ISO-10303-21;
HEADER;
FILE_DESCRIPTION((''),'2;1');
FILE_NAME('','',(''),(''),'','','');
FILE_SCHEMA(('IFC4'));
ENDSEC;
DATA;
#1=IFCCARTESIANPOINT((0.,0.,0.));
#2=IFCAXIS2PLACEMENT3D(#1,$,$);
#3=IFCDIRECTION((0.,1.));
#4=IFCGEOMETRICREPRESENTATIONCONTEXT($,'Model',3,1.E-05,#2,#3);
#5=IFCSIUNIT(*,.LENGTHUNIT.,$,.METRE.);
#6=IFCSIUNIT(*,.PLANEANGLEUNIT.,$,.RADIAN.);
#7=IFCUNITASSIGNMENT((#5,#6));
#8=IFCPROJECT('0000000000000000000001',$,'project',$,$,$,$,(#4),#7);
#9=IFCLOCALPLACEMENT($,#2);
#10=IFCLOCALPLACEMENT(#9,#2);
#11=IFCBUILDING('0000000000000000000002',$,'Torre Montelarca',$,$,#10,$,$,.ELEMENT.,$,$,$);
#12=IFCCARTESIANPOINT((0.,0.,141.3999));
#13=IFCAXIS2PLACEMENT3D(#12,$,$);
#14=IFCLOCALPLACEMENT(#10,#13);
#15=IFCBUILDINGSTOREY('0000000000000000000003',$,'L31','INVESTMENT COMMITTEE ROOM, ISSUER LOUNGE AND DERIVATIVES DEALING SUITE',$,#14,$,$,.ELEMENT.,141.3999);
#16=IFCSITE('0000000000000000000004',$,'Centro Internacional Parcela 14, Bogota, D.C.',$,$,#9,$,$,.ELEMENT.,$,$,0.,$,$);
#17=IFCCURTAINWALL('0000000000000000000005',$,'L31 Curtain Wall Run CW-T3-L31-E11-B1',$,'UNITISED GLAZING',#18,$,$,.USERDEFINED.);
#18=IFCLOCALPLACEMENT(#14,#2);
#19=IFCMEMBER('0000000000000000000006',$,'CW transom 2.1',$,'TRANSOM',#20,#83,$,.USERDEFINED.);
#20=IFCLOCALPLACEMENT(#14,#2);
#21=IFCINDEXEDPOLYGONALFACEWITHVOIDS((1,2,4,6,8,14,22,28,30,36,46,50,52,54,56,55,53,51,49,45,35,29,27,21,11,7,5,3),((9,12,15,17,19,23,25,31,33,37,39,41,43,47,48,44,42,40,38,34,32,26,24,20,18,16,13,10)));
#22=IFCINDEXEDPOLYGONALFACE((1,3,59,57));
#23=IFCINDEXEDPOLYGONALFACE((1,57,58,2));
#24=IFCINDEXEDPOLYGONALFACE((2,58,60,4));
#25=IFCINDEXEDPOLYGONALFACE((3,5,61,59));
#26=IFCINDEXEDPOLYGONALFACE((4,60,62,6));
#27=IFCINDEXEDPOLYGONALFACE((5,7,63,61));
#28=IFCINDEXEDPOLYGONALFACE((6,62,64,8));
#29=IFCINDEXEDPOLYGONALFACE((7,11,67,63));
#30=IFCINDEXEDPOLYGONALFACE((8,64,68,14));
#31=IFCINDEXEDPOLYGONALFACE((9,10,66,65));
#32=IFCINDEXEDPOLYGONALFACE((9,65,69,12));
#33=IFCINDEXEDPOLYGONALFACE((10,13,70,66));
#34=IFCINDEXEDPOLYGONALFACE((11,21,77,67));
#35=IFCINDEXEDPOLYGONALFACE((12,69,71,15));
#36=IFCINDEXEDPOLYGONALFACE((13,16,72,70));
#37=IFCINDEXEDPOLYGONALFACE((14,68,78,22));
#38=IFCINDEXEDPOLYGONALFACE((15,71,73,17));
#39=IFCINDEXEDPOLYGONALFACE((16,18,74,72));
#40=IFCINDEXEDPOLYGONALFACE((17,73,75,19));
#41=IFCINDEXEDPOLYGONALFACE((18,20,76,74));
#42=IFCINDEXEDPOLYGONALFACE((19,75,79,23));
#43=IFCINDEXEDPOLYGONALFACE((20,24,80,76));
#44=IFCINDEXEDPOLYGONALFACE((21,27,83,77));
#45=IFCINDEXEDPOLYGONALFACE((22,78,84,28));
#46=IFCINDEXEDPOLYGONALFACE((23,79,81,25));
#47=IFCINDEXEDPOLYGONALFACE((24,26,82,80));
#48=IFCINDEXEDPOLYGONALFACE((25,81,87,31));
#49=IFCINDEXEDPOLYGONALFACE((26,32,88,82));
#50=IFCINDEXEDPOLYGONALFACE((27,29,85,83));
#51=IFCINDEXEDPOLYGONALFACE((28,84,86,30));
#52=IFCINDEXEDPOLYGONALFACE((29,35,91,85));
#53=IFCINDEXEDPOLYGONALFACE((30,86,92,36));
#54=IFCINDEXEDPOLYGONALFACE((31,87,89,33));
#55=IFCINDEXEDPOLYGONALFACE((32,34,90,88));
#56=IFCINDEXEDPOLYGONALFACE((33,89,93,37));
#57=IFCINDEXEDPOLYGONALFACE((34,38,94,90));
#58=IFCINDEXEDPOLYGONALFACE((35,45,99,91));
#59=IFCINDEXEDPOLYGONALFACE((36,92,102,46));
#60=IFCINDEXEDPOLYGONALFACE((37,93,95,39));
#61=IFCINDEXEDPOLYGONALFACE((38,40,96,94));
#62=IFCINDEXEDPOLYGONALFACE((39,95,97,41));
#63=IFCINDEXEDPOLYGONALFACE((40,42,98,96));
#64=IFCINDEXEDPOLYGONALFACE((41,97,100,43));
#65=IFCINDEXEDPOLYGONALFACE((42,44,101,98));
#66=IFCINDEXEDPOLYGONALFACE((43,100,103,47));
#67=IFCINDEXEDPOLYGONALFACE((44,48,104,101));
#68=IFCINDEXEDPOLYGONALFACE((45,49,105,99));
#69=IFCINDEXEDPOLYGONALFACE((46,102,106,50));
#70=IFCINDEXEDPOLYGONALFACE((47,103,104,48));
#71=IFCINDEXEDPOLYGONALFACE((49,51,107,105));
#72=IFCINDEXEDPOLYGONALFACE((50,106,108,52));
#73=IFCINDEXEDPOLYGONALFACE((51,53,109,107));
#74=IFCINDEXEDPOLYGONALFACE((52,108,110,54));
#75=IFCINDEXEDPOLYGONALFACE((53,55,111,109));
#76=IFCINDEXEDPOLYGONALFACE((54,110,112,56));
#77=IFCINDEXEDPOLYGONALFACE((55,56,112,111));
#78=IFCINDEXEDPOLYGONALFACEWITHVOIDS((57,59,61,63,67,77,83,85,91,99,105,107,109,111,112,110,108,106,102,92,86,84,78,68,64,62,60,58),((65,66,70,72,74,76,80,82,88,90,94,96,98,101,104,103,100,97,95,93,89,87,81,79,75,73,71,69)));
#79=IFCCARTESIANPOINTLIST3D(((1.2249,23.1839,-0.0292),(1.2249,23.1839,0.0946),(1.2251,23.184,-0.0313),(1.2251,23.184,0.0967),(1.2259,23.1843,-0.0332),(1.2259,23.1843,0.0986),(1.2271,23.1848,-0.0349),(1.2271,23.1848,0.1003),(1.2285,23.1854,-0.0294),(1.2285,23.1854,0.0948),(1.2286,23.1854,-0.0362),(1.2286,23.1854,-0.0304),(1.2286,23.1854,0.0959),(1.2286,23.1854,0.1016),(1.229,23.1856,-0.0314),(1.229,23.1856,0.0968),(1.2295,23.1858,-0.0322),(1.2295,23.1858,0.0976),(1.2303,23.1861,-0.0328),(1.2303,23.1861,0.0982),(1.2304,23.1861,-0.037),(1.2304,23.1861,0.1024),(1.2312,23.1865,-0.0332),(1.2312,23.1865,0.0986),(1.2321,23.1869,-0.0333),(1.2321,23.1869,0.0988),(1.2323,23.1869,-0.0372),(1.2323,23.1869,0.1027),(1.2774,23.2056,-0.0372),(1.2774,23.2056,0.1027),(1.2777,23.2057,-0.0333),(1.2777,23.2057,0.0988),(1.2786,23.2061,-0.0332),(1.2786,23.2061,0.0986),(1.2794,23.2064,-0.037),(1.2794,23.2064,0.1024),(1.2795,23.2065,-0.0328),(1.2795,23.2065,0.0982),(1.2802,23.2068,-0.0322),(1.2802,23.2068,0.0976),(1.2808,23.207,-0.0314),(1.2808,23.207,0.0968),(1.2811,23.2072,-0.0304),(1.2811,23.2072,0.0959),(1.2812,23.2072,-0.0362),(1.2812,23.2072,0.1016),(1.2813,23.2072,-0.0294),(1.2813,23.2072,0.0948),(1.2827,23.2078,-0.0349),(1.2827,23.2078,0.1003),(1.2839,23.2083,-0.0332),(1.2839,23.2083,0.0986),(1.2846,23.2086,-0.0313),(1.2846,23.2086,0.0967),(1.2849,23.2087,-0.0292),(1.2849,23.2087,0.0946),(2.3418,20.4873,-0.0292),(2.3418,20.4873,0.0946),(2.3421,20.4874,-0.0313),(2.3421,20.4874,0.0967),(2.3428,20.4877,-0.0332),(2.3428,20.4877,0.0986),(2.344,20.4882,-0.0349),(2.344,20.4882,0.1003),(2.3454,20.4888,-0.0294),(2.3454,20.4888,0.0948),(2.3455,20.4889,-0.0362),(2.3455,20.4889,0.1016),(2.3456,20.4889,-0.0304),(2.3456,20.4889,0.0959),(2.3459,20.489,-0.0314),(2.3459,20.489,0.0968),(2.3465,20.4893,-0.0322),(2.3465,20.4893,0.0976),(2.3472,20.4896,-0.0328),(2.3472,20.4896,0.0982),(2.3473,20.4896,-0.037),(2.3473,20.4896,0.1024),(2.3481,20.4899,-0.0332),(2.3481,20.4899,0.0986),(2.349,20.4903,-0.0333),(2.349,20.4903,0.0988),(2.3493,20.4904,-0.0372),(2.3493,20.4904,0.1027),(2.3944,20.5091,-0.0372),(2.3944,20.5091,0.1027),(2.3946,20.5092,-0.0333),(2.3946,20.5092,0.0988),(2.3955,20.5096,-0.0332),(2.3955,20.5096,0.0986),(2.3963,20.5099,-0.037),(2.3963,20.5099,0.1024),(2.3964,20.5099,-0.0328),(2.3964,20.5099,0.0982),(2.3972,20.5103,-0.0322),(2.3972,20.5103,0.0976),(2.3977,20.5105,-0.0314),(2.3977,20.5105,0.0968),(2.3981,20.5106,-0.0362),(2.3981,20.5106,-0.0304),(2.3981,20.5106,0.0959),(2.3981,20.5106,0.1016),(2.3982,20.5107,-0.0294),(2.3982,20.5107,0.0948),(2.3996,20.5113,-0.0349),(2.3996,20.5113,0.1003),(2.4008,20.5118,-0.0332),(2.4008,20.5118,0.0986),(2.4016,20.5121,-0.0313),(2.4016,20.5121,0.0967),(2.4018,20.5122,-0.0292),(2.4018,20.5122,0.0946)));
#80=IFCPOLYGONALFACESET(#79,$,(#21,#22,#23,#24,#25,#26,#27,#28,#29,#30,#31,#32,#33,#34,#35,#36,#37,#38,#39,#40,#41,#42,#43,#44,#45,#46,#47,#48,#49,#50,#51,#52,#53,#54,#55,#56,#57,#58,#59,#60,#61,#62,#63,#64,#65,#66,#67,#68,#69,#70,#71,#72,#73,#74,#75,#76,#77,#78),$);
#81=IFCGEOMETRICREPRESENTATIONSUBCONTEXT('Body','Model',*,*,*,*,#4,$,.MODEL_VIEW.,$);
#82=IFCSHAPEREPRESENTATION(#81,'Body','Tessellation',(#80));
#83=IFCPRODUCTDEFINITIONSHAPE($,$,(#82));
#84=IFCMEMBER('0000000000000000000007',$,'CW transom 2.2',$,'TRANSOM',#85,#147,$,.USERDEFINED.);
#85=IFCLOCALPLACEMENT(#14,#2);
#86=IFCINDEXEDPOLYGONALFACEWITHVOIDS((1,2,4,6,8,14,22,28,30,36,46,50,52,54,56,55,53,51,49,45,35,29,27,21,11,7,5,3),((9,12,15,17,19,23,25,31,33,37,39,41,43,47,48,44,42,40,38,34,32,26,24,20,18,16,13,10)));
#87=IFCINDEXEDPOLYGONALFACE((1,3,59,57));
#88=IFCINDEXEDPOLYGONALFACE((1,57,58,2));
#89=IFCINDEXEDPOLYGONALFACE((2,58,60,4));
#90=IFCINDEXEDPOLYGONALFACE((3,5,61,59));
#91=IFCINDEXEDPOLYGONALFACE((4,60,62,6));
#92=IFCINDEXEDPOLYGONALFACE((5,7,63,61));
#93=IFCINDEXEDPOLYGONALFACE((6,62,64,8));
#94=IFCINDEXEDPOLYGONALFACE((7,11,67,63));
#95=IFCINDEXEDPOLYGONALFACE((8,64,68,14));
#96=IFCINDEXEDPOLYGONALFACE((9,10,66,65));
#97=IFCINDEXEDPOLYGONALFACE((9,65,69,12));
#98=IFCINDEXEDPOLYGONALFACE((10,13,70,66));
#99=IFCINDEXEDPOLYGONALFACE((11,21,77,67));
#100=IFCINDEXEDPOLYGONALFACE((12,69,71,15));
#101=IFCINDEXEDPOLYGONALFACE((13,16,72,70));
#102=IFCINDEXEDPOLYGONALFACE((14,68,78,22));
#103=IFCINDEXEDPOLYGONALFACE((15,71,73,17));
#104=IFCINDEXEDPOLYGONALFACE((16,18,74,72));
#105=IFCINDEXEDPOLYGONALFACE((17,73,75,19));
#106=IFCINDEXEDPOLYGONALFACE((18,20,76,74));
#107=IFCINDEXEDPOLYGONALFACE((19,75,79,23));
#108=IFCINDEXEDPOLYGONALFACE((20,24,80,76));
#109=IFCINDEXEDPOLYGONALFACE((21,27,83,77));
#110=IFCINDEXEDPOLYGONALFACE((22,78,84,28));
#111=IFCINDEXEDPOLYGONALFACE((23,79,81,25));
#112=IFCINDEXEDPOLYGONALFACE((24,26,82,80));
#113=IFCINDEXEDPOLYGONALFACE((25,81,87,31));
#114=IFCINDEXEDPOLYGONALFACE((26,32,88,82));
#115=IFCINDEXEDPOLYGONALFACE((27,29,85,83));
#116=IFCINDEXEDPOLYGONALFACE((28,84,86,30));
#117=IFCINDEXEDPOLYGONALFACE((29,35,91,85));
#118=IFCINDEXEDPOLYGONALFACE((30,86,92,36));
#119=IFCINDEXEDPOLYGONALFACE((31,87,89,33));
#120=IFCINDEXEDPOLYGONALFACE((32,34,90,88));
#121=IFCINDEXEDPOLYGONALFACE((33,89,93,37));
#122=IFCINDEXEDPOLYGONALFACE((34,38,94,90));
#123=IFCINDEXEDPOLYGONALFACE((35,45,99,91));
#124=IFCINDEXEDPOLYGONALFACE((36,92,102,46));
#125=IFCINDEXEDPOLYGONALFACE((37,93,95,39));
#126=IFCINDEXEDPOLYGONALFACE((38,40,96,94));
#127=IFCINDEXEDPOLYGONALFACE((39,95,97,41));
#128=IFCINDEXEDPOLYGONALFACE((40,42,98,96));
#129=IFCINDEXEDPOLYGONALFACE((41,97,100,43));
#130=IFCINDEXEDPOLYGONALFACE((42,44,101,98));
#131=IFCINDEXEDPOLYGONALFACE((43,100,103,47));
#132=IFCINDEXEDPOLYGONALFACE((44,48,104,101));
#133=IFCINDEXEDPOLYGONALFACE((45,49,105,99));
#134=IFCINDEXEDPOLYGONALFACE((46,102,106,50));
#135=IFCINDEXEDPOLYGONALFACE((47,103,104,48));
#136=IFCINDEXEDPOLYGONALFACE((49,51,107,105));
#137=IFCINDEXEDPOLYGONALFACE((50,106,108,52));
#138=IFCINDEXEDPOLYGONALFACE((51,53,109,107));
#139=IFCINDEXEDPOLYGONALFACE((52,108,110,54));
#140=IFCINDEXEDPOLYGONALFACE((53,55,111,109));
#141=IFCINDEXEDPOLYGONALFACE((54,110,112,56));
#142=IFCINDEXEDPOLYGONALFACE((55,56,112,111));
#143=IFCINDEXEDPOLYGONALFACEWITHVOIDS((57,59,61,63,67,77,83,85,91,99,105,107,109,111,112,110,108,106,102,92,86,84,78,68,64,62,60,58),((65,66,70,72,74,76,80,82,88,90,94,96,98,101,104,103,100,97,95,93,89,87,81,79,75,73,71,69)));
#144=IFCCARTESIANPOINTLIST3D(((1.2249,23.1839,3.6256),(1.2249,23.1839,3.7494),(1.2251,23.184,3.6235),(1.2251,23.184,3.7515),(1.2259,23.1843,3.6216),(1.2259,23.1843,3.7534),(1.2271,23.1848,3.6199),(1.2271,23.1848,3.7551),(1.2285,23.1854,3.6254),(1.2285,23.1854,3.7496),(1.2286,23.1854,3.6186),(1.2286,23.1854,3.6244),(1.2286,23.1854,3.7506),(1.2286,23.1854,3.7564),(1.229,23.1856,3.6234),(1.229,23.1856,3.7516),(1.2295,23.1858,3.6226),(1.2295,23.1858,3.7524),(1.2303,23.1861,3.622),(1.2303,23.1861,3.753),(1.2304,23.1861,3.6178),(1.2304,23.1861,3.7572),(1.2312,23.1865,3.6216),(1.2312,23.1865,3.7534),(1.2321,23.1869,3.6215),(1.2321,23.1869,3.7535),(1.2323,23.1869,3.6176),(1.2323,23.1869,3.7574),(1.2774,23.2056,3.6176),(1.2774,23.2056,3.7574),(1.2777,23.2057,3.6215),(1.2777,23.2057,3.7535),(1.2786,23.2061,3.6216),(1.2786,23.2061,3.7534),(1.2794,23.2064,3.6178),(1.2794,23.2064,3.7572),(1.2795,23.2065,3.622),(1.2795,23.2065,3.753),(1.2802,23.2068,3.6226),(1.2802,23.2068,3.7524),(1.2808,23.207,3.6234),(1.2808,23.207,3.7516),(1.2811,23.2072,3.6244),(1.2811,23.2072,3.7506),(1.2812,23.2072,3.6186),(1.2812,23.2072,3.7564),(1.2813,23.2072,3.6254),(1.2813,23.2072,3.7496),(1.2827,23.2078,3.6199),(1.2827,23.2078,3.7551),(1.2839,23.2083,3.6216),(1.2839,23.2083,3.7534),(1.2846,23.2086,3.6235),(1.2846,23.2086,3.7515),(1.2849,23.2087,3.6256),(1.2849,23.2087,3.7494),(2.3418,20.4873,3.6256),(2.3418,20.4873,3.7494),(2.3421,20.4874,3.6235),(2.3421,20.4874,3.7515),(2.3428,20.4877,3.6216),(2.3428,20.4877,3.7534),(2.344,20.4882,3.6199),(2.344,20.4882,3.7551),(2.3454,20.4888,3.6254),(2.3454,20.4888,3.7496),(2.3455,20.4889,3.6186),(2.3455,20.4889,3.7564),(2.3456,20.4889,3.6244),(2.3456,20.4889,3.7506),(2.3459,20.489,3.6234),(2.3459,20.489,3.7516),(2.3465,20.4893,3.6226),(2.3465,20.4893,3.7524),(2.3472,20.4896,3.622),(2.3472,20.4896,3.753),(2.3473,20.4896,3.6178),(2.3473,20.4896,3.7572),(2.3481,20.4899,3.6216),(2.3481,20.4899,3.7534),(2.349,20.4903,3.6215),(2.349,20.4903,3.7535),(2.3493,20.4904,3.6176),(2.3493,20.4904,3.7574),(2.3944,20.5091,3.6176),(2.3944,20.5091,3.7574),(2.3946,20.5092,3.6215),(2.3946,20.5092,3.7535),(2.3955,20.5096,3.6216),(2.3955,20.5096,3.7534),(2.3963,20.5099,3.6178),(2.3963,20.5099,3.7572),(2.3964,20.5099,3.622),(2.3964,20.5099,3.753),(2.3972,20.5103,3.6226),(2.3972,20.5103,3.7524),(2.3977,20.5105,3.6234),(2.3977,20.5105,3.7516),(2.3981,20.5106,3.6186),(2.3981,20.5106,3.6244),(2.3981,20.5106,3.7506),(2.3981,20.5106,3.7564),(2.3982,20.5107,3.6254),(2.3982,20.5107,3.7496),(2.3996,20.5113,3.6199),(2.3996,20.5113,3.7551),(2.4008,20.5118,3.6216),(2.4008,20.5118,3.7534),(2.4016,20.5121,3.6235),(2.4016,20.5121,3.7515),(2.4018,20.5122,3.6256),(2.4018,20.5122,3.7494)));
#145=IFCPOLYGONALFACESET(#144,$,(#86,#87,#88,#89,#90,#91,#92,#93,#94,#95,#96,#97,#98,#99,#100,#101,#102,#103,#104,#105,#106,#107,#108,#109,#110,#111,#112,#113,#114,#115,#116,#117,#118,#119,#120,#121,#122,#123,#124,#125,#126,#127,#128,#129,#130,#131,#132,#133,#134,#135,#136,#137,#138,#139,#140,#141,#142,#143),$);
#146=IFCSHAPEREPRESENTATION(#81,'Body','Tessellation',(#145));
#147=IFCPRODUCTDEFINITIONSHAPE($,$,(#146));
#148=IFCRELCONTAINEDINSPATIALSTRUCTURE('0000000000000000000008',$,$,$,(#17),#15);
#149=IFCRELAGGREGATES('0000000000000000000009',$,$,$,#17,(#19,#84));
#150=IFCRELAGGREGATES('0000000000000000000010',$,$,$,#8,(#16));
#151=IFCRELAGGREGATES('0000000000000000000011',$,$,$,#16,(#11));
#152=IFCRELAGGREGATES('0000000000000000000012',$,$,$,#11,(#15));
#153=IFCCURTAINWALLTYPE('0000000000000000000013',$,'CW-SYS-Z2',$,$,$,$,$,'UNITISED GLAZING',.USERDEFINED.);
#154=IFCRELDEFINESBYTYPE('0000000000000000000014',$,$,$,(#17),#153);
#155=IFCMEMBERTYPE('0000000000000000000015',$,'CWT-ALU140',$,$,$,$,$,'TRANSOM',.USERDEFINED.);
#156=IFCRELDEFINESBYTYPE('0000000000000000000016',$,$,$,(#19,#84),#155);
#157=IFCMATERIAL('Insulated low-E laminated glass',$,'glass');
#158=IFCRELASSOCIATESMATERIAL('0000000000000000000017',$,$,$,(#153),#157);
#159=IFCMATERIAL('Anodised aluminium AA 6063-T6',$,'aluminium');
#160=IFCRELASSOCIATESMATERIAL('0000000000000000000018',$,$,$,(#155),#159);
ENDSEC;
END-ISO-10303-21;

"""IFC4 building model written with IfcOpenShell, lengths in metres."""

from ifc_helpers import new_model, si_unit, direction, frame, origin, origin_2d, place, context, subcontext, project, spatial, hollow_rectangle, extrude, source, transform, mapped, material, material_profile, profile_set, type_object, element, aggregate, save


model = new_model("IFC4")

# Units and contexts
model_context = context("Model", 3, precision=1e-05, world=origin(), true_north=direction((0.0, 1.0)))
body_context = subcontext(model_context, "Body", "Model", "MODEL_VIEW")
ifc_project = project(units=[si_unit("LENGTHUNIT", "METRE"), si_unit("PLANEANGLEUNIT", "RADIAN")], contexts=[model_context])

# Site, building, storey
site_placement = place(None, origin())
site = spatial("IfcSite", under=ifc_project, at=site_placement, Name="Centro Internacional Parcela 14, Bogota, D.C.", CompositionType="ELEMENT", RefElevation=0.0)
building_placement = place(site_placement, origin())
building = spatial("IfcBuilding", under=site, at=building_placement, Name="Torre Montelarca", CompositionType="ELEMENT")
storey_placement = place(building_placement, frame((0.0, 0.0, 141.3999)))
storey = spatial("IfcBuildingStorey", under=building, at=storey_placement, Name="L31", Description="INVESTMENT COMMITTEE ROOM, ISSUER LOUNGE AND DERIVATIVES DEALING SUITE", CompositionType="ELEMENT", Elevation=141.3999)

# Curtain wall, members
ifc_material_1 = material(Name="Insulated low-E laminated glass", Category="glass")
curtain_wall_type = type_object("IfcCurtainWallType", Name="CW-SYS-Z2", ElementType="UNITISED GLAZING", PredefinedType="USERDEFINED", material=ifc_material_1)
curtain_wall_1_placement = place(storey_placement, origin())
curtain_wall_1 = element("IfcCurtainWall", 1, at=curtain_wall_1_placement, inside=storey, type_object=curtain_wall_type, Name="L31 Curtain Wall Run CW-T3-L31-E11-B1", ObjectType="UNITISED GLAZING", PredefinedType="USERDEFINED")
ifc_material_2 = material(Name="Anodised aluminium AA 6063-T6", Category="aluminium")
ifc_material_profile_1 = material_profile(ifc_material_2, hollow_rectangle(XDim=0.0649, YDim=0.1399, WallThickness=0.0039, InnerFilletRadius=0.0039, OuterFilletRadius=0.0081, at=origin_2d()), Name="ALU65X140X4", Category="aluminium")
ifc_profile_set_1 = profile_set([ifc_material_profile_1], Name="Anodised aluminium AA 6063-T6")
member_type_1 = type_object("IfcMemberType", Name="CWT-ALU140", ElementType="TRANSOM", PredefinedType="USERDEFINED", material=ifc_profile_set_1)
shared_shape_1 = source(origin(), body_context, "Body", "SweptSolid", [
    extrude(hollow_rectangle(XDim=0.0649, YDim=0.1399, WallThickness=0.0039, InnerFilletRadius=0.0039, OuterFilletRadius=0.0081, at=origin_2d()), origin(), (0.0, 0.0, 1.0), 2.9187),
])
member_1_placement = place(storey_placement, frame((1.2549, 23.1963, 0.0327), z_axis=(0.382684, -0.923879, 0.0), x_axis=(0.923879, 0.382684, 0.0)))
member_1 = element("IfcMember", 2, at=member_1_placement, type_object=member_type_1, Name="CW transom 2.1", ObjectType="TRANSOM", PredefinedType="USERDEFINED", context=body_context, shape_type="MappedRepresentation", body=[
    mapped(shared_shape_1, transform((0.0, 0.0, 0.0), scale=1.0)),
])
member_2_placement = place(storey_placement, frame((1.2549, 23.1963, 3.6875), z_axis=(0.382684, -0.923879, 0.0), x_axis=(0.923879, 0.382684, 0.0)))
member_2 = element("IfcMember", 3, at=member_2_placement, type_object=member_type_1, Name="CW transom 2.2", ObjectType="TRANSOM", PredefinedType="USERDEFINED", context=body_context, shape_type="MappedRepresentation", body=[
    mapped(shared_shape_1, transform((0.0, 0.0, 0.0), scale=1.0)),
])

aggregate(curtain_wall_1, [member_1, member_2])

save(model, "model.ifc")
